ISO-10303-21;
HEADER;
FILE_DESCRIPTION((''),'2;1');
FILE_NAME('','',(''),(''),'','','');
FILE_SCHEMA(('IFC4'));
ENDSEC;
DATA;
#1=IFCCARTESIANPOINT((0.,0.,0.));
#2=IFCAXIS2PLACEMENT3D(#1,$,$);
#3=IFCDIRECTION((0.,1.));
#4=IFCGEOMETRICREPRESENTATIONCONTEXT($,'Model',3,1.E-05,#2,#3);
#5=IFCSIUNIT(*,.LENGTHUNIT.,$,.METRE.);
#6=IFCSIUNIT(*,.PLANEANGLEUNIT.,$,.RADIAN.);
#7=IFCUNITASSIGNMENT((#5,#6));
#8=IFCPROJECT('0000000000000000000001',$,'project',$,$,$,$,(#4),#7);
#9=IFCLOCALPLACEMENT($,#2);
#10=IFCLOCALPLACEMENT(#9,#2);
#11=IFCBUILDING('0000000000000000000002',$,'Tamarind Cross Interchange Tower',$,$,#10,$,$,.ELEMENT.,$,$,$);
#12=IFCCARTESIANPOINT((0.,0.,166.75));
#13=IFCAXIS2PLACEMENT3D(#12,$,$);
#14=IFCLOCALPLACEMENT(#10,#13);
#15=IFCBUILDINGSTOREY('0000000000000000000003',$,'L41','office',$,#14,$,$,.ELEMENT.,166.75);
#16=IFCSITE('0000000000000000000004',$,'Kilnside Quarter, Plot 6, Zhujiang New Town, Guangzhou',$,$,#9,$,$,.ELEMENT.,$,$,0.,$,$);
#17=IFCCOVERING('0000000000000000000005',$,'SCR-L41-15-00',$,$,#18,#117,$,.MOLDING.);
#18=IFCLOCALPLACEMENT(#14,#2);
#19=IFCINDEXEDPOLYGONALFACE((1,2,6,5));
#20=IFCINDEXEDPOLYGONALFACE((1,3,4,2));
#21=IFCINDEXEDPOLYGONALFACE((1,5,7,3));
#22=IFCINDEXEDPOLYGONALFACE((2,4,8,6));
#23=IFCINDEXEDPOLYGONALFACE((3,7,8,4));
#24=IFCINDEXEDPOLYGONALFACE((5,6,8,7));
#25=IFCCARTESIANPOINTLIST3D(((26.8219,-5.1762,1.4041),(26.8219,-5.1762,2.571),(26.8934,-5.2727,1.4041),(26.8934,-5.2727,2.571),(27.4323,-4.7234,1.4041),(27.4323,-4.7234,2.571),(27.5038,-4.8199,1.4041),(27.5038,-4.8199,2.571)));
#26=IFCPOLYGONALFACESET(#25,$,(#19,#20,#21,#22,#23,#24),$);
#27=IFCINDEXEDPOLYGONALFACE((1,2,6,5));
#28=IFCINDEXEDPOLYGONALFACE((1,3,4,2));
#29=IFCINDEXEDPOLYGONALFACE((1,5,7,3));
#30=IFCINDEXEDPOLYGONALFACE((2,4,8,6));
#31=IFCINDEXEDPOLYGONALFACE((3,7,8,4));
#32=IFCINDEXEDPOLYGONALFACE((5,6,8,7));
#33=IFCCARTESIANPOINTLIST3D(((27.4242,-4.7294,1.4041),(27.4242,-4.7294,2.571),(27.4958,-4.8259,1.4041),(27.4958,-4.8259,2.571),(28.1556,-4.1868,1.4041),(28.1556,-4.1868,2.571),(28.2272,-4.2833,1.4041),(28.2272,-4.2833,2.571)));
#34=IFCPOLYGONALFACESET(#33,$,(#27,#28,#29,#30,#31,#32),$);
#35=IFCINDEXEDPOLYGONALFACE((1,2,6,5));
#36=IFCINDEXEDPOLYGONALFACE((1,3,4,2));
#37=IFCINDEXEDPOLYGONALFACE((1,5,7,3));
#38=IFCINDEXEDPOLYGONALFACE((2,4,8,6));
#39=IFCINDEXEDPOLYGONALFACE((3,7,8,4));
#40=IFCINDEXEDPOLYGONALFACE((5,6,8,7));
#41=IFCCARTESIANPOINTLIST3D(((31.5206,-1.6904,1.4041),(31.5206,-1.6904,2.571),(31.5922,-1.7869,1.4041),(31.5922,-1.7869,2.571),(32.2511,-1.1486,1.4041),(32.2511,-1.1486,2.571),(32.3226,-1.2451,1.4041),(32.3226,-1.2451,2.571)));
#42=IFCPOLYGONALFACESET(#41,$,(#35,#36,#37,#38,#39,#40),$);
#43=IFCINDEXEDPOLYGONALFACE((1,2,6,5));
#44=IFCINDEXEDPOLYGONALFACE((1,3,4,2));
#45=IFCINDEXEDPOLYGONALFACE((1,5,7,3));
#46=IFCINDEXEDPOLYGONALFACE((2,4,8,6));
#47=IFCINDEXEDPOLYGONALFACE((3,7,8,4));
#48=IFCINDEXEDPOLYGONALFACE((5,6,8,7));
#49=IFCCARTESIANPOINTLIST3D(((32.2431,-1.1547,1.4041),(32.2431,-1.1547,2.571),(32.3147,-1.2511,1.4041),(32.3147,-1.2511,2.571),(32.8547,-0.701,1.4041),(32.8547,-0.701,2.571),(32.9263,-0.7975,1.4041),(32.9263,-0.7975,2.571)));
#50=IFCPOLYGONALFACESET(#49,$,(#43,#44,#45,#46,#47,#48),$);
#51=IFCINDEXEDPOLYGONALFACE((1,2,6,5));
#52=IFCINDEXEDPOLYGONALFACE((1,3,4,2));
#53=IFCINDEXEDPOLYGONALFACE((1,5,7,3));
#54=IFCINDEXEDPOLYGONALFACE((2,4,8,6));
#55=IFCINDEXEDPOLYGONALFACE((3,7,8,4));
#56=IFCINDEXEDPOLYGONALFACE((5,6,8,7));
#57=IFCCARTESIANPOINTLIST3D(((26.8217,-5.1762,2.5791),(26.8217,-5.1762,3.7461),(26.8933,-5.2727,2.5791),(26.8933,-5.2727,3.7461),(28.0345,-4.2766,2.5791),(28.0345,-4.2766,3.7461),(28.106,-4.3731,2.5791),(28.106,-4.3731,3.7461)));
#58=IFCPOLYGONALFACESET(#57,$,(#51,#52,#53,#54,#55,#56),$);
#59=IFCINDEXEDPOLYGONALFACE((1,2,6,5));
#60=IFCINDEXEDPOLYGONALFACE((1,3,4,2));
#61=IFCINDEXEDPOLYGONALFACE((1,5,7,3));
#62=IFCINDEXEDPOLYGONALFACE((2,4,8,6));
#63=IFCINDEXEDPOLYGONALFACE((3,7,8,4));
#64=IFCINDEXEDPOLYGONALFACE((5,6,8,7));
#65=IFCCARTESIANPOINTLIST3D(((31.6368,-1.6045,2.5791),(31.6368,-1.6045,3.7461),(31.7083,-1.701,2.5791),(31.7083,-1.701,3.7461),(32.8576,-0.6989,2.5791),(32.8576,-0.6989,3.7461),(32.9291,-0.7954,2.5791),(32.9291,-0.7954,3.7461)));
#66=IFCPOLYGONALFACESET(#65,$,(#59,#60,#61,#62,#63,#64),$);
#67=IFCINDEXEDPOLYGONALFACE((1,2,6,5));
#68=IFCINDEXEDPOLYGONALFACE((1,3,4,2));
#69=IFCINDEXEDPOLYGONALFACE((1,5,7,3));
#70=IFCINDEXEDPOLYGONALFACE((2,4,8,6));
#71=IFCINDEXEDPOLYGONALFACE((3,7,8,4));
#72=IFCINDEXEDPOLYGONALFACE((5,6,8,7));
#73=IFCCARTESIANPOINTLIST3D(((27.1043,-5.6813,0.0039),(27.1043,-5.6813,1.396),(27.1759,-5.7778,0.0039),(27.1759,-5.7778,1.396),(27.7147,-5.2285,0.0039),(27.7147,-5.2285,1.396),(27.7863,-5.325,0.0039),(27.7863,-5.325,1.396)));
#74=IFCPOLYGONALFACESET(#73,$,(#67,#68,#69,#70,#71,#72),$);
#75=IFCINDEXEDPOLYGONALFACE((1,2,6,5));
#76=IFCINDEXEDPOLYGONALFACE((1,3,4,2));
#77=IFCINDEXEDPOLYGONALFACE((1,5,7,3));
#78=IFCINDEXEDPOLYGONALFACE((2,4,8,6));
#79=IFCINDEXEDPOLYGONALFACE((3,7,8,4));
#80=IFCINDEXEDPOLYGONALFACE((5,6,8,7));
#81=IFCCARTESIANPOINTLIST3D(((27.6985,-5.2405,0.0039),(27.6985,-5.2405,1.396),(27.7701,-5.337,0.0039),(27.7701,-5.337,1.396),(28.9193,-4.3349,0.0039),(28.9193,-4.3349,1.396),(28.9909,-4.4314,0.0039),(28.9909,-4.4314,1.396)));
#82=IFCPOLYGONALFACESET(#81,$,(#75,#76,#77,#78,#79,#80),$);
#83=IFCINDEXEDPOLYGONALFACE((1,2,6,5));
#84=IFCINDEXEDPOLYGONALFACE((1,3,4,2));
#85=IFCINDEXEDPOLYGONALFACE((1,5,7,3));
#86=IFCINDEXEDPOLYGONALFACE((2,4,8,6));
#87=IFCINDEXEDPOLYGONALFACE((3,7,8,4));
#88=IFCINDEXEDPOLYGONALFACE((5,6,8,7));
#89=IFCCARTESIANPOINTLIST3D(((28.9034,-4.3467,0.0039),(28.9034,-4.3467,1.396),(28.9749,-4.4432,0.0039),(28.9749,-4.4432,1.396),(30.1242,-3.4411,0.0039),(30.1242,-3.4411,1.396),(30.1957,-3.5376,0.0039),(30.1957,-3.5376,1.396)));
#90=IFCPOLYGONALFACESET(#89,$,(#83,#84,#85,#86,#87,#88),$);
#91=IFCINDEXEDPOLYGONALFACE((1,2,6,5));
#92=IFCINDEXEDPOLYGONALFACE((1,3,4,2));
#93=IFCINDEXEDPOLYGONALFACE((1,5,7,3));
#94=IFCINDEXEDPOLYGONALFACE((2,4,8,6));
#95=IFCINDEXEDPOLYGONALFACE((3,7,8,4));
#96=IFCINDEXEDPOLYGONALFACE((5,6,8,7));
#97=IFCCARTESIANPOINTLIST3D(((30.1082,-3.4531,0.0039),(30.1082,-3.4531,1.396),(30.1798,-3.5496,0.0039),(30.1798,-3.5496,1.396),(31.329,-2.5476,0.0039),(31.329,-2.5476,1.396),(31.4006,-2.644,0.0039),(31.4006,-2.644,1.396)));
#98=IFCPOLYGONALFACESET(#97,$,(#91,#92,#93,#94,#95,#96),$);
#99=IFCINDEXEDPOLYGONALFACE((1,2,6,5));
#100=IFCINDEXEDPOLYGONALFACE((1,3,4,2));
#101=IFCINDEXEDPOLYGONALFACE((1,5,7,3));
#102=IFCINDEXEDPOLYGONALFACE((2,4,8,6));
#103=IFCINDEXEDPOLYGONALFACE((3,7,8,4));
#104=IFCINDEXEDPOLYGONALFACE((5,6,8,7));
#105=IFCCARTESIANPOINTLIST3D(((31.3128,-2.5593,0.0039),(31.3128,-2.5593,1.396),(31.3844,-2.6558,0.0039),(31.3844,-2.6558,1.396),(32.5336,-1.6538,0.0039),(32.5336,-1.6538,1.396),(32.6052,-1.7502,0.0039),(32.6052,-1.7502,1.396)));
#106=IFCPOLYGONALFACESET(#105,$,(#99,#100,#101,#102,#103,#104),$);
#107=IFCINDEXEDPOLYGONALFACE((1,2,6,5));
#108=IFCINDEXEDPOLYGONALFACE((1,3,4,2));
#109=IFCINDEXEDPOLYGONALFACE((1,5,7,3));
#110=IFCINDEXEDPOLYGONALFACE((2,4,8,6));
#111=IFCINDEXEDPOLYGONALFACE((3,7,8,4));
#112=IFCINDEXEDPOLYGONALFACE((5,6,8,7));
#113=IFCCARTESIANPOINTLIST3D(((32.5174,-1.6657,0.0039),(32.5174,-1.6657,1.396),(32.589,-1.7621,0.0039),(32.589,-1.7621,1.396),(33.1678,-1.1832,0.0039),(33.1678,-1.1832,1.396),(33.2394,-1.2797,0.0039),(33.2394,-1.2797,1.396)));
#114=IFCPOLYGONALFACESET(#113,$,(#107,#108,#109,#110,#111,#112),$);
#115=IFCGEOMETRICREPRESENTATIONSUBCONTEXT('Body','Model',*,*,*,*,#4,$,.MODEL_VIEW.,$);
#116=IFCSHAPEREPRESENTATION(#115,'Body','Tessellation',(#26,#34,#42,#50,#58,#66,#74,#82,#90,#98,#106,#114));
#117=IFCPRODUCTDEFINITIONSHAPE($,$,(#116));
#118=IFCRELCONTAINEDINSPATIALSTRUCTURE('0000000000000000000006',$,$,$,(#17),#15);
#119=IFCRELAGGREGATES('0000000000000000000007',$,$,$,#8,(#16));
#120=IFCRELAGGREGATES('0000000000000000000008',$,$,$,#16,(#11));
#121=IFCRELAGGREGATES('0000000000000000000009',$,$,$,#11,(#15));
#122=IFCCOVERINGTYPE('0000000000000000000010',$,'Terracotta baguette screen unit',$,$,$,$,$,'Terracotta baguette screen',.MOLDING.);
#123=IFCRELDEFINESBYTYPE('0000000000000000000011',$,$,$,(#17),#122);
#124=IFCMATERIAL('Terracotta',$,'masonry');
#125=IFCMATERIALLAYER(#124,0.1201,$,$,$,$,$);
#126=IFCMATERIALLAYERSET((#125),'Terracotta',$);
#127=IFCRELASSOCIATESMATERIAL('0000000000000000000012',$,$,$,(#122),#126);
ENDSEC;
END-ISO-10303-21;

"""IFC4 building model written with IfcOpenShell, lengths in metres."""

from ifc_helpers import new_model, si_unit, direction, frame, origin, origin_2d, place, context, subcontext, project, spatial, rectangle, extrude, material, layer, layer_set, type_object, element, save


model = new_model("IFC4")

# Units and contexts
model_context = context("Model", 3, precision=1e-05, world=origin(), true_north=direction((0.0, 1.0)))
body_context = subcontext(model_context, "Body", "Model", "MODEL_VIEW")
ifc_project = project(units=[si_unit("LENGTHUNIT", "METRE"), si_unit("PLANEANGLEUNIT", "RADIAN")], contexts=[model_context])

# Site, building, storey
site_placement = place(None, origin())
site = spatial("IfcSite", under=ifc_project, at=site_placement, Name="Kilnside Quarter, Plot 6, Zhujiang New Town, Guangzhou", CompositionType="ELEMENT", RefElevation=0.0)
building_placement = place(site_placement, origin())
building = spatial("IfcBuilding", under=site, at=building_placement, Name="Tamarind Cross Interchange Tower", CompositionType="ELEMENT")
storey_placement = place(building_placement, frame((0.0, 0.0, 166.75)))
storey = spatial("IfcBuildingStorey", under=building, at=storey_placement, Name="L41", Description="office", CompositionType="ELEMENT", Elevation=166.75)

# Covering
ifc_material_1 = material(Name="Terracotta", Category="masonry")
ifc_layer_1 = layer(ifc_material_1, 0.1201)
ifc_layer_set_1 = layer_set([ifc_layer_1], Name="Terracotta")
covering_type = type_object("IfcCoveringType", Name="Terracotta baguette screen unit", ElementType="Terracotta baguette screen", PredefinedType="MOLDING", material=ifc_layer_set_1)
covering_1_placement = place(storey_placement, origin())
element("IfcCovering", 1, at=covering_1_placement, inside=storey, type_object=covering_type, Name="SCR-L41-15-00", PredefinedType="MOLDING", context=body_context, shape_type="SweptSolid", body=[
    extrude(rectangle(XDim=0.76, YDim=0.1201, at=origin_2d()), frame((27.1628, -4.998, 1.4041), z_axis=(0.0, 0.0, 1.0), x_axis=(0.80315, 0.595776, 0.0)), (0.0, 0.0, 1.0), 1.167),
    extrude(rectangle(XDim=0.9106, YDim=0.1201, at=origin_2d()), frame((27.8257, -4.5063, 1.4041), z_axis=(0.0, 0.0, 1.0), x_axis=(0.80315, 0.595776, 0.0)), (0.0, 0.0, 1.0), 1.167),
    extrude(rectangle(XDim=0.9094, YDim=0.1201, at=origin_2d()), frame((31.9216, -1.4678, 1.4041), z_axis=(0.0, 0.0, 1.0), x_axis=(0.80315, 0.595776, 0.0)), (0.0, 0.0, 1.0), 1.167),
    extrude(rectangle(XDim=0.7615, YDim=0.1201, at=origin_2d()), frame((32.5847, -0.9761, 1.4041), z_axis=(0.0, 0.0, 1.0), x_axis=(0.80315, 0.595776, 0.0)), (0.0, 0.0, 1.0), 1.167),
    extrude(rectangle(XDim=1.51, YDim=0.1201, at=origin_2d()), frame((27.4639, -4.7747, 2.5791), z_axis=(0.0, 0.0, 1.0), x_axis=(0.80315, 0.595776, 0.0)), (0.0, 0.0, 1.0), 1.167),
    extrude(rectangle(XDim=1.52, YDim=0.1201, at=origin_2d()), frame((32.283, -1.2, 2.5791), z_axis=(0.0, 0.0, 1.0), x_axis=(0.80315, 0.595776, 0.0)), (0.0, 0.0, 1.0), 1.167),
    extrude(rectangle(XDim=0.76, YDim=0.1201, at=origin_2d()), frame((27.4453, -5.5032, 0.0039), z_axis=(0.0, 0.0, 1.0), x_axis=(0.80315, 0.595776, 0.0)), (0.0, 0.0, 1.0), 1.3921),
    extrude(rectangle(XDim=1.52, YDim=0.1201, at=origin_2d()), frame((28.3447, -4.8359, 0.0039), z_axis=(0.0, 0.0, 1.0), x_axis=(0.80315, 0.595776, 0.0)), (0.0, 0.0, 1.0), 1.3921),
    extrude(rectangle(XDim=1.52, YDim=0.1201, at=origin_2d()), frame((29.5496, -3.9421, 0.0039), z_axis=(0.0, 0.0, 1.0), x_axis=(0.80315, 0.595776, 0.0)), (0.0, 0.0, 1.0), 1.3921),
    extrude(rectangle(XDim=1.52, YDim=0.1201, at=origin_2d()), frame((30.7544, -3.0486, 0.0039), z_axis=(0.0, 0.0, 1.0), x_axis=(0.80315, 0.595776, 0.0)), (0.0, 0.0, 1.0), 1.3921),
    extrude(rectangle(XDim=1.52, YDim=0.1201, at=origin_2d()), frame((31.959, -2.1548, 0.0039), z_axis=(0.0, 0.0, 1.0), x_axis=(0.80315, 0.595776, 0.0)), (0.0, 0.0, 1.0), 1.3921),
    extrude(rectangle(XDim=0.8098, YDim=0.1201, at=origin_2d()), frame((32.8784, -1.4727, 0.0039), z_axis=(0.0, 0.0, 1.0), x_axis=(0.80315, 0.595776, 0.0)), (0.0, 0.0, 1.0), 1.3921),
])

save(model, "model.ifc")
